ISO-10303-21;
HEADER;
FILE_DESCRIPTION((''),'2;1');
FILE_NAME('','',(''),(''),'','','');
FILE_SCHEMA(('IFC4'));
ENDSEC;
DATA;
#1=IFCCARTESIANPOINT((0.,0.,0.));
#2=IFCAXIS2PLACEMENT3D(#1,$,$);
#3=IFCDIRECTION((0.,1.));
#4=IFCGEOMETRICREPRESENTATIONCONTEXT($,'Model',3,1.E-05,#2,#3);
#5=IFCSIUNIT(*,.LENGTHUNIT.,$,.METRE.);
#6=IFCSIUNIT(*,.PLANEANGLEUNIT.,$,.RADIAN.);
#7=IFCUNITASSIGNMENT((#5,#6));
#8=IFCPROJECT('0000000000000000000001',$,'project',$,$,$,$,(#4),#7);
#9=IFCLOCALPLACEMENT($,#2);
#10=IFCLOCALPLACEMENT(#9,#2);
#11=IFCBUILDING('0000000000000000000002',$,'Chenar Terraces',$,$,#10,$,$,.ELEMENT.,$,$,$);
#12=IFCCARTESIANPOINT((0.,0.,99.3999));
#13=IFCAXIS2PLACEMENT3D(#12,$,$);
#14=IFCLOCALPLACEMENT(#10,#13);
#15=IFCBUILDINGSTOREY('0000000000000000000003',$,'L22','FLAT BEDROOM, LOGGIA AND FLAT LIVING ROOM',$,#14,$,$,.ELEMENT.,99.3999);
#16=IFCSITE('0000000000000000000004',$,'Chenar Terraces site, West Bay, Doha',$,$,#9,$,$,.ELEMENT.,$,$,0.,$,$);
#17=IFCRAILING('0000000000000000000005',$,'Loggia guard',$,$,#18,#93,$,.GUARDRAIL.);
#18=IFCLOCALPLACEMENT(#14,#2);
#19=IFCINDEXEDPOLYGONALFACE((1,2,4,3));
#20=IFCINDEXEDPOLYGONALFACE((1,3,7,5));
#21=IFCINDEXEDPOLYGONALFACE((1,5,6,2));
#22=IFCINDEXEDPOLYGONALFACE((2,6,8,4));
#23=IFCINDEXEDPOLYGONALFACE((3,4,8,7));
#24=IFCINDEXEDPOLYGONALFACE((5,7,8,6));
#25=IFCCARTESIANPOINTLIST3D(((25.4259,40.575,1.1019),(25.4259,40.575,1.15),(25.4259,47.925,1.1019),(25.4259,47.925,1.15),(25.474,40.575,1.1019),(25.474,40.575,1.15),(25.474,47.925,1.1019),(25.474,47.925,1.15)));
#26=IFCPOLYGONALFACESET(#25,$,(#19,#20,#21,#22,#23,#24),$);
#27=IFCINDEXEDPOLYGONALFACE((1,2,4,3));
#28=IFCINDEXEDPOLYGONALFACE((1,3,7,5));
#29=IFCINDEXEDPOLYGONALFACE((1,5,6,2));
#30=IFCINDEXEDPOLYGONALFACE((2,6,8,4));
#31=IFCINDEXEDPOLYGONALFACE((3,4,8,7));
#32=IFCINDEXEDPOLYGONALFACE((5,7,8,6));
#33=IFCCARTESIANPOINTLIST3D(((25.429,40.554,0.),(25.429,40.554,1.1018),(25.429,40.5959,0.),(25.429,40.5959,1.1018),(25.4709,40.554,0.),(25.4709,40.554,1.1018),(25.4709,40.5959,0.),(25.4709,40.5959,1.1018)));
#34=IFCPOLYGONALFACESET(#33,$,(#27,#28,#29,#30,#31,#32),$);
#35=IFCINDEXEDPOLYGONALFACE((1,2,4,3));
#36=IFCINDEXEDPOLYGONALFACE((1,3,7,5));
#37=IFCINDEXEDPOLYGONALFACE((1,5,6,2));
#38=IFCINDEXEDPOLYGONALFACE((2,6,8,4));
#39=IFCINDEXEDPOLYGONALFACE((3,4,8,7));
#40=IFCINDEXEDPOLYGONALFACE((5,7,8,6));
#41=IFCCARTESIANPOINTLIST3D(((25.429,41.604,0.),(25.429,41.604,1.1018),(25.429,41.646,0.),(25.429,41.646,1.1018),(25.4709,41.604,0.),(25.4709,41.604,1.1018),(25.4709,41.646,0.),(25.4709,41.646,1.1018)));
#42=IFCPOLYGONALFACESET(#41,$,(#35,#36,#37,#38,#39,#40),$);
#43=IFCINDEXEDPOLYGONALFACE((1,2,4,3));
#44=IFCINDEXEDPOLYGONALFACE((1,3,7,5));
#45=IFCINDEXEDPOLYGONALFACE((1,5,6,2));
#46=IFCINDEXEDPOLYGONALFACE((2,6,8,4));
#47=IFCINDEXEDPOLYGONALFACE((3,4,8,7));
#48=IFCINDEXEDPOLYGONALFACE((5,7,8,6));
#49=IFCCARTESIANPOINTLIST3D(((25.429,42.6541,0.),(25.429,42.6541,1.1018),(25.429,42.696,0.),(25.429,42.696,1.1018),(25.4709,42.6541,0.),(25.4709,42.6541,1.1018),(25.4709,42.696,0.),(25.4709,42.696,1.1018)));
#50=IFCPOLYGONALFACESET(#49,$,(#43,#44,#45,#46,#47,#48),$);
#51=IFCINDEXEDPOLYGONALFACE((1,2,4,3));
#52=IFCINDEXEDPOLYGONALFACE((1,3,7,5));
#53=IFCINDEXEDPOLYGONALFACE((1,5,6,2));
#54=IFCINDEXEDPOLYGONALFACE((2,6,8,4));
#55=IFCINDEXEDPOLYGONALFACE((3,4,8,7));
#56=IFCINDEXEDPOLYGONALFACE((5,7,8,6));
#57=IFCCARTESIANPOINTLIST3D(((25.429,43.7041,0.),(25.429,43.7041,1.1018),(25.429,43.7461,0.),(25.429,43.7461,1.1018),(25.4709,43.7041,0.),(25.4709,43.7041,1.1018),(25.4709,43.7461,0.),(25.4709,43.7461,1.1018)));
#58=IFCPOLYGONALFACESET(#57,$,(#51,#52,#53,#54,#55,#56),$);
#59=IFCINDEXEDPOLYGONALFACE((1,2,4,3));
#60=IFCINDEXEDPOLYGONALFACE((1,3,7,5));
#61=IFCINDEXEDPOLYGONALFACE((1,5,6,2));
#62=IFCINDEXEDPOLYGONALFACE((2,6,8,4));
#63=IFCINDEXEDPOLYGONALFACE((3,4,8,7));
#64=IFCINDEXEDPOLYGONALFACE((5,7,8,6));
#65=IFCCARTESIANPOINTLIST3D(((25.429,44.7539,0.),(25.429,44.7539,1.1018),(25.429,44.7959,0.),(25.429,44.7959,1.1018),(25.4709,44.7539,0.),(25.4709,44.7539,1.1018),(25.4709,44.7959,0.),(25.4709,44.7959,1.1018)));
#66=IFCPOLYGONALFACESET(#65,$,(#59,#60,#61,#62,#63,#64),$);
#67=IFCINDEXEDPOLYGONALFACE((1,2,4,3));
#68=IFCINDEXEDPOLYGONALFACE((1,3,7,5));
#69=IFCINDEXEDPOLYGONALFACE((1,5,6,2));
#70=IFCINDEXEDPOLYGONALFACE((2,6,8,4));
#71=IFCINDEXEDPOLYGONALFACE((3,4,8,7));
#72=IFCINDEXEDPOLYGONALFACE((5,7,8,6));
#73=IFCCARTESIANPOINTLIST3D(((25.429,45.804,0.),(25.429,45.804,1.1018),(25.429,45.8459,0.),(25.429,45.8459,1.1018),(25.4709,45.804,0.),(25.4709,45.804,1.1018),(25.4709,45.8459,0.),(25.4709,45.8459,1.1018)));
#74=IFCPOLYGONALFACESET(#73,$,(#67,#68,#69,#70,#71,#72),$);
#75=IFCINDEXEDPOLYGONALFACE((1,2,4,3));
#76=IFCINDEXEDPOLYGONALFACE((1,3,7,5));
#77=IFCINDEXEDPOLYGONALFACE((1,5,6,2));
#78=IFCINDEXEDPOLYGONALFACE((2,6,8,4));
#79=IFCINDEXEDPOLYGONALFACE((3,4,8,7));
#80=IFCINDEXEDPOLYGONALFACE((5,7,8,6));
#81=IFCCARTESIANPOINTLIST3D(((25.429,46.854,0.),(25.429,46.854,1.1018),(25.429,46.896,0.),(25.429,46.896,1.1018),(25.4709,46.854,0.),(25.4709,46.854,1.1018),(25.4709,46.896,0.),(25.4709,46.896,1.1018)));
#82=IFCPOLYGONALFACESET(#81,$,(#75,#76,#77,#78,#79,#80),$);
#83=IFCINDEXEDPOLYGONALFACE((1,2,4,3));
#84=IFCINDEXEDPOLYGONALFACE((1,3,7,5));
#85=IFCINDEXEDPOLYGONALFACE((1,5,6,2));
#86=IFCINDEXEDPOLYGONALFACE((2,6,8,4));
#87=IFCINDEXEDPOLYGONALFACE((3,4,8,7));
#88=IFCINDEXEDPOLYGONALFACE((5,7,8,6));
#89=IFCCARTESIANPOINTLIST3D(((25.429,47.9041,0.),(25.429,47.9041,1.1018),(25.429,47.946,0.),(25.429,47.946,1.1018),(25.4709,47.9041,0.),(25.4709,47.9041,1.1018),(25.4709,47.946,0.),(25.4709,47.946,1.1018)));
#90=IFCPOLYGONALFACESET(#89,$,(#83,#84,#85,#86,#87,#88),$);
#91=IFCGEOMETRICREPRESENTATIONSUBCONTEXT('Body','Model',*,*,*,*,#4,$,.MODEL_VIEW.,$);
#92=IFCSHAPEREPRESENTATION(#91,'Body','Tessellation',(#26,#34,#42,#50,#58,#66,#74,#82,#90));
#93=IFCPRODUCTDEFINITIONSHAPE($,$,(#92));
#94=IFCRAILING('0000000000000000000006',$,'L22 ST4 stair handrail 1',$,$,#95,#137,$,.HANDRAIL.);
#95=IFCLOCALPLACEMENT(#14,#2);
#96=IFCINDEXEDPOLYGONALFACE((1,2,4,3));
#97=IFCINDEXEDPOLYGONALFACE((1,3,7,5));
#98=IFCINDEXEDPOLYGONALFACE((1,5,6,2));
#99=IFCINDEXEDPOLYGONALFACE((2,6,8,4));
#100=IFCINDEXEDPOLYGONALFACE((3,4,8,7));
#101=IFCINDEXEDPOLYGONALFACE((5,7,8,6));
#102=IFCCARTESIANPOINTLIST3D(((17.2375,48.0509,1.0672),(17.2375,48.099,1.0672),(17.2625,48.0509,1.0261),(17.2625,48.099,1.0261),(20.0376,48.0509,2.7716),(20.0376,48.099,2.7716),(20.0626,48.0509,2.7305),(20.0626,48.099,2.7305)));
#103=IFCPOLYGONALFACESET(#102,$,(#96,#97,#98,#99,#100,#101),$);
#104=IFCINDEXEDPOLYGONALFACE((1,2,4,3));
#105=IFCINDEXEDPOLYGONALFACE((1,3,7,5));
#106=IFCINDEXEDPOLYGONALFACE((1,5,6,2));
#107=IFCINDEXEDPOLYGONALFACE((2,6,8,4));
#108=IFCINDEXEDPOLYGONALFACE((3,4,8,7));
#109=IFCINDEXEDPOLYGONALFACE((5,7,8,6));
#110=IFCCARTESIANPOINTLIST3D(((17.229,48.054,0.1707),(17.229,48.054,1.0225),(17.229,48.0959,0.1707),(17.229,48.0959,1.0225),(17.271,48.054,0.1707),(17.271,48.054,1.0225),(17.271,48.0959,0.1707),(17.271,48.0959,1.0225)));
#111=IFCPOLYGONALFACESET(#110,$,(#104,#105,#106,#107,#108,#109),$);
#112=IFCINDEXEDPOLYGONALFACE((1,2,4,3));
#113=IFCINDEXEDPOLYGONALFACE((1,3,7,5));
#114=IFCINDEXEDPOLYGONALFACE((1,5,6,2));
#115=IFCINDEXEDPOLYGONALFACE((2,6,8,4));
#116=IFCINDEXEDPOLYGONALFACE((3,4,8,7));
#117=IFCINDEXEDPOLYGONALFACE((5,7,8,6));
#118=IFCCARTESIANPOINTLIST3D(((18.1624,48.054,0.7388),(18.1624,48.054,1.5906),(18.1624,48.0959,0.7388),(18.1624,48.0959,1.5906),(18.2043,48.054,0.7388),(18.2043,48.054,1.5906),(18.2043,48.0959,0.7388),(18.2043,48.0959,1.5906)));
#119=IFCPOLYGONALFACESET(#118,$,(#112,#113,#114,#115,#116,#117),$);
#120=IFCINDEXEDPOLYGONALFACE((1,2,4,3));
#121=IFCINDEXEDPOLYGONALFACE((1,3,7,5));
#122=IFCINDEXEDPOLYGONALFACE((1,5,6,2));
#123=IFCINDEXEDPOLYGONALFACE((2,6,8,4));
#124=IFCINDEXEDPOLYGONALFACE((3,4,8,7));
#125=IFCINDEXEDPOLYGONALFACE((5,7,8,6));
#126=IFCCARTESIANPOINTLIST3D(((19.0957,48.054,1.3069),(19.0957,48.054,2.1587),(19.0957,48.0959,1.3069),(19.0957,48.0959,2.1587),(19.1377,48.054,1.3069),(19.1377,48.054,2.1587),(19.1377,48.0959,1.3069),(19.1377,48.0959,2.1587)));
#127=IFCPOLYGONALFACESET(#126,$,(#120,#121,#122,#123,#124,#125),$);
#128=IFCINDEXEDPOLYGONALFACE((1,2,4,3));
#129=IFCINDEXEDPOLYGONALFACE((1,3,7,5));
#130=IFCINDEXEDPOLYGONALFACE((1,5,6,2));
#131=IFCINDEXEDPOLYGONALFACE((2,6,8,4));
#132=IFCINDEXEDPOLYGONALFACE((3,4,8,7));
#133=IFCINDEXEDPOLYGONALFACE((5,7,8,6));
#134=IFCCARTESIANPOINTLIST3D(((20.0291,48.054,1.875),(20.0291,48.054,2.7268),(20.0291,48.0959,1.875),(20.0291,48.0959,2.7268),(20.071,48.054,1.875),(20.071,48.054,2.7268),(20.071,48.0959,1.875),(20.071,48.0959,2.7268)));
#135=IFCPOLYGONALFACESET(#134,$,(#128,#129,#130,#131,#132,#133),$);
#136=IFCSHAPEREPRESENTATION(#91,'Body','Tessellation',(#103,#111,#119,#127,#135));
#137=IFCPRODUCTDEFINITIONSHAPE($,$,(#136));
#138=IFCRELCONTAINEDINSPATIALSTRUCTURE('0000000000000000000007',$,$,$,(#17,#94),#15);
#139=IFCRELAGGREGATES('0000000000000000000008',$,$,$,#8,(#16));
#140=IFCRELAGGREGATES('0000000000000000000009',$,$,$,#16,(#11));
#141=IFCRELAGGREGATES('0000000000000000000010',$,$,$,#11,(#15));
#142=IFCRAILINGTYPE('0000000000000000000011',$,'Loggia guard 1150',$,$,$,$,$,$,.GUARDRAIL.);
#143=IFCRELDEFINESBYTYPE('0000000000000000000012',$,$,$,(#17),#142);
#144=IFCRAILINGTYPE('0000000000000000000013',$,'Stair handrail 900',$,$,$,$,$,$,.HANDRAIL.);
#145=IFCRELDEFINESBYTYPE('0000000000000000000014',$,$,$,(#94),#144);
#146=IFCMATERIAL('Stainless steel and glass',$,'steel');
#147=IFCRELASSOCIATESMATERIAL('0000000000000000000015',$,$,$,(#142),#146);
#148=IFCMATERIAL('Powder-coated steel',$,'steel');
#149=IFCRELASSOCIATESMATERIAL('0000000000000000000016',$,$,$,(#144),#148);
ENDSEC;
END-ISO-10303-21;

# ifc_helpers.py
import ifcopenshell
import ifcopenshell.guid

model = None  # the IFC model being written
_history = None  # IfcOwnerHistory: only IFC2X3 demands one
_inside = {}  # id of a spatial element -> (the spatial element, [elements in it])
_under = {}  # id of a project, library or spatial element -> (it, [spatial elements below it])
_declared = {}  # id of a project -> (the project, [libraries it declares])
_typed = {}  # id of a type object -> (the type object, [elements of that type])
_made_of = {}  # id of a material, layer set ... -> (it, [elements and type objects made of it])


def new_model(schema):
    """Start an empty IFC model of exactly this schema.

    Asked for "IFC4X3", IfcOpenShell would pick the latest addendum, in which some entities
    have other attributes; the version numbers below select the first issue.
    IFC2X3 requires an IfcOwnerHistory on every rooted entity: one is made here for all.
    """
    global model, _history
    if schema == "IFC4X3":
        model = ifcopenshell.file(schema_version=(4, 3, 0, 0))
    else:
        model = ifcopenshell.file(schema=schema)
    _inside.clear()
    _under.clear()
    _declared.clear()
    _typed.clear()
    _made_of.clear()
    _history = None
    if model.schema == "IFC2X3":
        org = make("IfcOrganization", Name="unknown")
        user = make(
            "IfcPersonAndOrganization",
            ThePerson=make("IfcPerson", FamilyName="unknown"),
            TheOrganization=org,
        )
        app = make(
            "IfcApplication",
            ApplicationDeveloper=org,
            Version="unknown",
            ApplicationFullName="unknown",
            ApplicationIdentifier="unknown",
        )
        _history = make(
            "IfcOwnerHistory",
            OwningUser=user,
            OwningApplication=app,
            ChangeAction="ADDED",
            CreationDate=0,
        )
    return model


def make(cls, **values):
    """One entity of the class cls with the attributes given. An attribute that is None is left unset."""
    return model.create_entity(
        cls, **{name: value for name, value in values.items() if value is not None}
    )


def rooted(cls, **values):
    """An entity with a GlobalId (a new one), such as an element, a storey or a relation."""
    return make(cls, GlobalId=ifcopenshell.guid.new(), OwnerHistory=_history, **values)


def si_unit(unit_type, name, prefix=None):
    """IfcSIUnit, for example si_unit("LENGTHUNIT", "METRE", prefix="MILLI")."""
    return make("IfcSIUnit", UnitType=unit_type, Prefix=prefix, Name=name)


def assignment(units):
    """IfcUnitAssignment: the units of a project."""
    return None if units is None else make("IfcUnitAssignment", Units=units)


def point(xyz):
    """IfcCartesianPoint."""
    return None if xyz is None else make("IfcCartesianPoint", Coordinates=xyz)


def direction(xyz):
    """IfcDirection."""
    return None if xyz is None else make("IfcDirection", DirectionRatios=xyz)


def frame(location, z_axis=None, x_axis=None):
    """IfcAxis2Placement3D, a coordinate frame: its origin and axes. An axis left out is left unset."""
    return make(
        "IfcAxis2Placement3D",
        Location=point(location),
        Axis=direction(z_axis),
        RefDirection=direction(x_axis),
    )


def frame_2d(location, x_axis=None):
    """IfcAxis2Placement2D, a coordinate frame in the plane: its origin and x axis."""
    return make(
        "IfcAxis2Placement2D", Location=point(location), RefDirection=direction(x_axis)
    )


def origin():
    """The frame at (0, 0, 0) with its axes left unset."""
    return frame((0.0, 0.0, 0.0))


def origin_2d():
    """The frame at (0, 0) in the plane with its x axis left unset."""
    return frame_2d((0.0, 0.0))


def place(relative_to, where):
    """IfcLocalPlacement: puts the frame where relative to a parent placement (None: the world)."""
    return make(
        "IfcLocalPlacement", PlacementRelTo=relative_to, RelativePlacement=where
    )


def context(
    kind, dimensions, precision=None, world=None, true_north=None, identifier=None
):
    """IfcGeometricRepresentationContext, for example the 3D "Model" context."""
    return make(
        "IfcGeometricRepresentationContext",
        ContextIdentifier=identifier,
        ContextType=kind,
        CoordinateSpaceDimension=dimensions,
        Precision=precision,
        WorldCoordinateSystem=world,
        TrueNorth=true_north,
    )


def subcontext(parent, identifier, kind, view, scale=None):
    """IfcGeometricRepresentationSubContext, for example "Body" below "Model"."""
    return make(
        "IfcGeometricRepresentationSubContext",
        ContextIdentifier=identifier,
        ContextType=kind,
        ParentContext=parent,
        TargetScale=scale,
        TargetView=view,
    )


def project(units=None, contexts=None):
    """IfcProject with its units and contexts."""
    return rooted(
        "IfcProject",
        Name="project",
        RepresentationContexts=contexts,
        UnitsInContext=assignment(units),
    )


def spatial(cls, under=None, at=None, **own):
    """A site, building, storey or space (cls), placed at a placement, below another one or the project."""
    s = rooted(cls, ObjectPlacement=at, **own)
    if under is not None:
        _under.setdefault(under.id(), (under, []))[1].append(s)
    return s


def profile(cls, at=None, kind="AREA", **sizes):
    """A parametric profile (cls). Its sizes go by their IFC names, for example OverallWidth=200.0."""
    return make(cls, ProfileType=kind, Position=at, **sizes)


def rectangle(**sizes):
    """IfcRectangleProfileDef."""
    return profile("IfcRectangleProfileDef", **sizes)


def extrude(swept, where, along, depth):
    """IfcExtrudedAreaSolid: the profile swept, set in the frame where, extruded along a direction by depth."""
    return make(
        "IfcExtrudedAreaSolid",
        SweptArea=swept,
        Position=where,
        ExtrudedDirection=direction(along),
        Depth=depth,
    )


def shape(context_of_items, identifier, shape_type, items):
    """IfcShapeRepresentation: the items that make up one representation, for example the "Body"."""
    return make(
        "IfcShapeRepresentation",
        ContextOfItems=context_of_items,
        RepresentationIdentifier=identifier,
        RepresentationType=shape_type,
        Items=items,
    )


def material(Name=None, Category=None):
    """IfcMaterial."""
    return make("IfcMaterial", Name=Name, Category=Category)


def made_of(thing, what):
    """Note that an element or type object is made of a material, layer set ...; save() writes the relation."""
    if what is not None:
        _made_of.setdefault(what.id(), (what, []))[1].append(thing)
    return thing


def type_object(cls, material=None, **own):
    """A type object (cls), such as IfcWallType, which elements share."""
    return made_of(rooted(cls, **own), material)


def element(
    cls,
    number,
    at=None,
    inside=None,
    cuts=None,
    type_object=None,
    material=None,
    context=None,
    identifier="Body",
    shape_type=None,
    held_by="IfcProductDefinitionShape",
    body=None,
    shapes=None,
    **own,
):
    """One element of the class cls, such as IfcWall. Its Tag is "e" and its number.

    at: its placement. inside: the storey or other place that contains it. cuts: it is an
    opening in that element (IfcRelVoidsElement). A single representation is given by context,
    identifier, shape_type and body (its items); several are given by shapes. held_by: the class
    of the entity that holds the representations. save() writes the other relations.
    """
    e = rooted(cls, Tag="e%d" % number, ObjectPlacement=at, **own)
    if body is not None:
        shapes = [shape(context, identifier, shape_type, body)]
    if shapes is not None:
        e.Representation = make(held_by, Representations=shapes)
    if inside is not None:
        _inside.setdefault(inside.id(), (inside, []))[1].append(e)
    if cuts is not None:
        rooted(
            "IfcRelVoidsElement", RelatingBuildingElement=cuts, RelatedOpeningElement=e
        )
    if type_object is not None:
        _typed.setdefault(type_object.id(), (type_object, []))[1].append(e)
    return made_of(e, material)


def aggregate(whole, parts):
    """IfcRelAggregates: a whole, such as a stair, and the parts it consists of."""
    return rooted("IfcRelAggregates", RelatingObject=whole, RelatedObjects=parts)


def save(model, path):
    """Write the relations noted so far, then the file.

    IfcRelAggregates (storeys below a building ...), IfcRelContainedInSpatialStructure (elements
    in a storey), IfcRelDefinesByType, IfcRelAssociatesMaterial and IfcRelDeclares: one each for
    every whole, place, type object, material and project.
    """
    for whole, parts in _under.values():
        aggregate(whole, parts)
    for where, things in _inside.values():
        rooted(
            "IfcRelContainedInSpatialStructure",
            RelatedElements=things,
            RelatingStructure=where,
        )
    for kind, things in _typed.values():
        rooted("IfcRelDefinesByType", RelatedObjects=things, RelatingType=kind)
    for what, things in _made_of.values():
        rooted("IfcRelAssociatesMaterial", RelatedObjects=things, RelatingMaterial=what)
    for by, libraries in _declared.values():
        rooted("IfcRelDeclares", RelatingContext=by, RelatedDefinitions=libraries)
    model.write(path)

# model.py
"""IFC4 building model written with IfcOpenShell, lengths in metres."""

from ifc_helpers import new_model, si_unit, direction, frame, origin, origin_2d, place, context, subcontext, project, spatial, rectangle, extrude, material, type_object, element, save


model = new_model("IFC4")

# Units and contexts
model_context = context("Model", 3, precision=1e-05, world=origin(), true_north=direction((0.0, 1.0)))
body_context = subcontext(model_context, "Body", "Model", "MODEL_VIEW")
ifc_project = project(units=[si_unit("LENGTHUNIT", "METRE"), si_unit("PLANEANGLEUNIT", "RADIAN")], contexts=[model_context])

# Site, building, storey
site_placement = place(None, origin())
site = spatial("IfcSite", under=ifc_project, at=site_placement, Name="Chenar Terraces site, West Bay, Doha", CompositionType="ELEMENT", RefElevation=0.0)
building_placement = place(site_placement, origin())
building = spatial("IfcBuilding", under=site, at=building_placement, Name="Chenar Terraces", CompositionType="ELEMENT")
storey_placement = place(building_placement, frame((0.0, 0.0, 99.3999)))
storey = spatial("IfcBuildingStorey", under=building, at=storey_placement, Name="L22", Description="FLAT BEDROOM, LOGGIA AND FLAT LIVING ROOM", CompositionType="ELEMENT", Elevation=99.3999)

# Railings
ifc_material_1 = material(Name="Stainless steel and glass", Category="steel")
railing_type_1 = type_object("IfcRailingType", Name="Loggia guard 1150", PredefinedType="GUARDRAIL", material=ifc_material_1)
railing_1_placement = place(storey_placement, frame((25.45, 40.575, 0.0)))
element("IfcRailing", 1, at=railing_1_placement, inside=storey, type_object=railing_type_1, Name="Loggia guard", PredefinedType="GUARDRAIL", context=body_context, shape_type="SweptSolid", body=[
    extrude(rectangle(XDim=0.0481, YDim=0.0481, at=origin_2d()), frame((0.0, 0.0, 1.126), z_axis=(0.0, 1.0, 0.0), x_axis=(-1.0, 0.0, 0.0)), (0.0, 0.0, 1.0), 7.3501),
    extrude(rectangle(XDim=0.042, YDim=0.042, at=origin_2d()), origin(), (0.0, 0.0, 1.0), 1.1018),
    extrude(rectangle(XDim=0.042, YDim=0.042, at=origin_2d()), frame((0.0, 1.05, 0.0)), (0.0, 0.0, 1.0), 1.1018),
    extrude(rectangle(XDim=0.042, YDim=0.042, at=origin_2d()), frame((0.0, 2.1001, 0.0)), (0.0, 0.0, 1.0), 1.1018),
    extrude(rectangle(XDim=0.042, YDim=0.042, at=origin_2d()), frame((0.0, 3.1501, 0.0)), (0.0, 0.0, 1.0), 1.1018),
    extrude(rectangle(XDim=0.042, YDim=0.042, at=origin_2d()), frame((0.0, 4.2, 0.0)), (0.0, 0.0, 1.0), 1.1018),
    extrude(rectangle(XDim=0.042, YDim=0.042, at=origin_2d()), frame((0.0, 5.25, 0.0)), (0.0, 0.0, 1.0), 1.1018),
    extrude(rectangle(XDim=0.042, YDim=0.042, at=origin_2d()), frame((0.0, 6.3, 0.0)), (0.0, 0.0, 1.0), 1.1018),
    extrude(rectangle(XDim=0.042, YDim=0.042, at=origin_2d()), frame((0.0, 7.3501, 0.0)), (0.0, 0.0, 1.0), 1.1018),
])
ifc_material_2 = material(Name="Powder-coated steel", Category="steel")
railing_type_2 = type_object("IfcRailingType", Name="Stair handrail 900", PredefinedType="HANDRAIL", material=ifc_material_2)
railing_2_placement = place(storey_placement, frame((17.25, 48.075, 0.1707)))
element("IfcRailing", 2, at=railing_2_placement, inside=storey, type_object=railing_type_2, Name="L22 ST4 stair handrail 1", PredefinedType="HANDRAIL", context=body_context, shape_type="SweptSolid", body=[
    extrude(rectangle(XDim=0.0481, YDim=0.0481, at=origin_2d()), frame((0.0, 0.0, 0.876), z_axis=(0.854203, 0.0, 0.51994), x_axis=(0.0, 1.0, 0.0)), (0.0, 0.0, 1.0), 3.2781),
    extrude(rectangle(XDim=0.042, YDim=0.042, at=origin_2d()), origin(), (0.0, 0.0, 1.0), 0.8518),
    extrude(rectangle(XDim=0.042, YDim=0.042, at=origin_2d()), frame((0.9333, 0.0, 0.5681)), (0.0, 0.0, 1.0), 0.8518),
    extrude(rectangle(XDim=0.042, YDim=0.042, at=origin_2d()), frame((1.8667, 0.0, 1.1362)), (0.0, 0.0, 1.0), 0.8518),
    extrude(rectangle(XDim=0.042, YDim=0.042, at=origin_2d()), frame((2.8, 0.0, 1.7043)), (0.0, 0.0, 1.0), 0.8518),
])

save(model, "model.ifc")
